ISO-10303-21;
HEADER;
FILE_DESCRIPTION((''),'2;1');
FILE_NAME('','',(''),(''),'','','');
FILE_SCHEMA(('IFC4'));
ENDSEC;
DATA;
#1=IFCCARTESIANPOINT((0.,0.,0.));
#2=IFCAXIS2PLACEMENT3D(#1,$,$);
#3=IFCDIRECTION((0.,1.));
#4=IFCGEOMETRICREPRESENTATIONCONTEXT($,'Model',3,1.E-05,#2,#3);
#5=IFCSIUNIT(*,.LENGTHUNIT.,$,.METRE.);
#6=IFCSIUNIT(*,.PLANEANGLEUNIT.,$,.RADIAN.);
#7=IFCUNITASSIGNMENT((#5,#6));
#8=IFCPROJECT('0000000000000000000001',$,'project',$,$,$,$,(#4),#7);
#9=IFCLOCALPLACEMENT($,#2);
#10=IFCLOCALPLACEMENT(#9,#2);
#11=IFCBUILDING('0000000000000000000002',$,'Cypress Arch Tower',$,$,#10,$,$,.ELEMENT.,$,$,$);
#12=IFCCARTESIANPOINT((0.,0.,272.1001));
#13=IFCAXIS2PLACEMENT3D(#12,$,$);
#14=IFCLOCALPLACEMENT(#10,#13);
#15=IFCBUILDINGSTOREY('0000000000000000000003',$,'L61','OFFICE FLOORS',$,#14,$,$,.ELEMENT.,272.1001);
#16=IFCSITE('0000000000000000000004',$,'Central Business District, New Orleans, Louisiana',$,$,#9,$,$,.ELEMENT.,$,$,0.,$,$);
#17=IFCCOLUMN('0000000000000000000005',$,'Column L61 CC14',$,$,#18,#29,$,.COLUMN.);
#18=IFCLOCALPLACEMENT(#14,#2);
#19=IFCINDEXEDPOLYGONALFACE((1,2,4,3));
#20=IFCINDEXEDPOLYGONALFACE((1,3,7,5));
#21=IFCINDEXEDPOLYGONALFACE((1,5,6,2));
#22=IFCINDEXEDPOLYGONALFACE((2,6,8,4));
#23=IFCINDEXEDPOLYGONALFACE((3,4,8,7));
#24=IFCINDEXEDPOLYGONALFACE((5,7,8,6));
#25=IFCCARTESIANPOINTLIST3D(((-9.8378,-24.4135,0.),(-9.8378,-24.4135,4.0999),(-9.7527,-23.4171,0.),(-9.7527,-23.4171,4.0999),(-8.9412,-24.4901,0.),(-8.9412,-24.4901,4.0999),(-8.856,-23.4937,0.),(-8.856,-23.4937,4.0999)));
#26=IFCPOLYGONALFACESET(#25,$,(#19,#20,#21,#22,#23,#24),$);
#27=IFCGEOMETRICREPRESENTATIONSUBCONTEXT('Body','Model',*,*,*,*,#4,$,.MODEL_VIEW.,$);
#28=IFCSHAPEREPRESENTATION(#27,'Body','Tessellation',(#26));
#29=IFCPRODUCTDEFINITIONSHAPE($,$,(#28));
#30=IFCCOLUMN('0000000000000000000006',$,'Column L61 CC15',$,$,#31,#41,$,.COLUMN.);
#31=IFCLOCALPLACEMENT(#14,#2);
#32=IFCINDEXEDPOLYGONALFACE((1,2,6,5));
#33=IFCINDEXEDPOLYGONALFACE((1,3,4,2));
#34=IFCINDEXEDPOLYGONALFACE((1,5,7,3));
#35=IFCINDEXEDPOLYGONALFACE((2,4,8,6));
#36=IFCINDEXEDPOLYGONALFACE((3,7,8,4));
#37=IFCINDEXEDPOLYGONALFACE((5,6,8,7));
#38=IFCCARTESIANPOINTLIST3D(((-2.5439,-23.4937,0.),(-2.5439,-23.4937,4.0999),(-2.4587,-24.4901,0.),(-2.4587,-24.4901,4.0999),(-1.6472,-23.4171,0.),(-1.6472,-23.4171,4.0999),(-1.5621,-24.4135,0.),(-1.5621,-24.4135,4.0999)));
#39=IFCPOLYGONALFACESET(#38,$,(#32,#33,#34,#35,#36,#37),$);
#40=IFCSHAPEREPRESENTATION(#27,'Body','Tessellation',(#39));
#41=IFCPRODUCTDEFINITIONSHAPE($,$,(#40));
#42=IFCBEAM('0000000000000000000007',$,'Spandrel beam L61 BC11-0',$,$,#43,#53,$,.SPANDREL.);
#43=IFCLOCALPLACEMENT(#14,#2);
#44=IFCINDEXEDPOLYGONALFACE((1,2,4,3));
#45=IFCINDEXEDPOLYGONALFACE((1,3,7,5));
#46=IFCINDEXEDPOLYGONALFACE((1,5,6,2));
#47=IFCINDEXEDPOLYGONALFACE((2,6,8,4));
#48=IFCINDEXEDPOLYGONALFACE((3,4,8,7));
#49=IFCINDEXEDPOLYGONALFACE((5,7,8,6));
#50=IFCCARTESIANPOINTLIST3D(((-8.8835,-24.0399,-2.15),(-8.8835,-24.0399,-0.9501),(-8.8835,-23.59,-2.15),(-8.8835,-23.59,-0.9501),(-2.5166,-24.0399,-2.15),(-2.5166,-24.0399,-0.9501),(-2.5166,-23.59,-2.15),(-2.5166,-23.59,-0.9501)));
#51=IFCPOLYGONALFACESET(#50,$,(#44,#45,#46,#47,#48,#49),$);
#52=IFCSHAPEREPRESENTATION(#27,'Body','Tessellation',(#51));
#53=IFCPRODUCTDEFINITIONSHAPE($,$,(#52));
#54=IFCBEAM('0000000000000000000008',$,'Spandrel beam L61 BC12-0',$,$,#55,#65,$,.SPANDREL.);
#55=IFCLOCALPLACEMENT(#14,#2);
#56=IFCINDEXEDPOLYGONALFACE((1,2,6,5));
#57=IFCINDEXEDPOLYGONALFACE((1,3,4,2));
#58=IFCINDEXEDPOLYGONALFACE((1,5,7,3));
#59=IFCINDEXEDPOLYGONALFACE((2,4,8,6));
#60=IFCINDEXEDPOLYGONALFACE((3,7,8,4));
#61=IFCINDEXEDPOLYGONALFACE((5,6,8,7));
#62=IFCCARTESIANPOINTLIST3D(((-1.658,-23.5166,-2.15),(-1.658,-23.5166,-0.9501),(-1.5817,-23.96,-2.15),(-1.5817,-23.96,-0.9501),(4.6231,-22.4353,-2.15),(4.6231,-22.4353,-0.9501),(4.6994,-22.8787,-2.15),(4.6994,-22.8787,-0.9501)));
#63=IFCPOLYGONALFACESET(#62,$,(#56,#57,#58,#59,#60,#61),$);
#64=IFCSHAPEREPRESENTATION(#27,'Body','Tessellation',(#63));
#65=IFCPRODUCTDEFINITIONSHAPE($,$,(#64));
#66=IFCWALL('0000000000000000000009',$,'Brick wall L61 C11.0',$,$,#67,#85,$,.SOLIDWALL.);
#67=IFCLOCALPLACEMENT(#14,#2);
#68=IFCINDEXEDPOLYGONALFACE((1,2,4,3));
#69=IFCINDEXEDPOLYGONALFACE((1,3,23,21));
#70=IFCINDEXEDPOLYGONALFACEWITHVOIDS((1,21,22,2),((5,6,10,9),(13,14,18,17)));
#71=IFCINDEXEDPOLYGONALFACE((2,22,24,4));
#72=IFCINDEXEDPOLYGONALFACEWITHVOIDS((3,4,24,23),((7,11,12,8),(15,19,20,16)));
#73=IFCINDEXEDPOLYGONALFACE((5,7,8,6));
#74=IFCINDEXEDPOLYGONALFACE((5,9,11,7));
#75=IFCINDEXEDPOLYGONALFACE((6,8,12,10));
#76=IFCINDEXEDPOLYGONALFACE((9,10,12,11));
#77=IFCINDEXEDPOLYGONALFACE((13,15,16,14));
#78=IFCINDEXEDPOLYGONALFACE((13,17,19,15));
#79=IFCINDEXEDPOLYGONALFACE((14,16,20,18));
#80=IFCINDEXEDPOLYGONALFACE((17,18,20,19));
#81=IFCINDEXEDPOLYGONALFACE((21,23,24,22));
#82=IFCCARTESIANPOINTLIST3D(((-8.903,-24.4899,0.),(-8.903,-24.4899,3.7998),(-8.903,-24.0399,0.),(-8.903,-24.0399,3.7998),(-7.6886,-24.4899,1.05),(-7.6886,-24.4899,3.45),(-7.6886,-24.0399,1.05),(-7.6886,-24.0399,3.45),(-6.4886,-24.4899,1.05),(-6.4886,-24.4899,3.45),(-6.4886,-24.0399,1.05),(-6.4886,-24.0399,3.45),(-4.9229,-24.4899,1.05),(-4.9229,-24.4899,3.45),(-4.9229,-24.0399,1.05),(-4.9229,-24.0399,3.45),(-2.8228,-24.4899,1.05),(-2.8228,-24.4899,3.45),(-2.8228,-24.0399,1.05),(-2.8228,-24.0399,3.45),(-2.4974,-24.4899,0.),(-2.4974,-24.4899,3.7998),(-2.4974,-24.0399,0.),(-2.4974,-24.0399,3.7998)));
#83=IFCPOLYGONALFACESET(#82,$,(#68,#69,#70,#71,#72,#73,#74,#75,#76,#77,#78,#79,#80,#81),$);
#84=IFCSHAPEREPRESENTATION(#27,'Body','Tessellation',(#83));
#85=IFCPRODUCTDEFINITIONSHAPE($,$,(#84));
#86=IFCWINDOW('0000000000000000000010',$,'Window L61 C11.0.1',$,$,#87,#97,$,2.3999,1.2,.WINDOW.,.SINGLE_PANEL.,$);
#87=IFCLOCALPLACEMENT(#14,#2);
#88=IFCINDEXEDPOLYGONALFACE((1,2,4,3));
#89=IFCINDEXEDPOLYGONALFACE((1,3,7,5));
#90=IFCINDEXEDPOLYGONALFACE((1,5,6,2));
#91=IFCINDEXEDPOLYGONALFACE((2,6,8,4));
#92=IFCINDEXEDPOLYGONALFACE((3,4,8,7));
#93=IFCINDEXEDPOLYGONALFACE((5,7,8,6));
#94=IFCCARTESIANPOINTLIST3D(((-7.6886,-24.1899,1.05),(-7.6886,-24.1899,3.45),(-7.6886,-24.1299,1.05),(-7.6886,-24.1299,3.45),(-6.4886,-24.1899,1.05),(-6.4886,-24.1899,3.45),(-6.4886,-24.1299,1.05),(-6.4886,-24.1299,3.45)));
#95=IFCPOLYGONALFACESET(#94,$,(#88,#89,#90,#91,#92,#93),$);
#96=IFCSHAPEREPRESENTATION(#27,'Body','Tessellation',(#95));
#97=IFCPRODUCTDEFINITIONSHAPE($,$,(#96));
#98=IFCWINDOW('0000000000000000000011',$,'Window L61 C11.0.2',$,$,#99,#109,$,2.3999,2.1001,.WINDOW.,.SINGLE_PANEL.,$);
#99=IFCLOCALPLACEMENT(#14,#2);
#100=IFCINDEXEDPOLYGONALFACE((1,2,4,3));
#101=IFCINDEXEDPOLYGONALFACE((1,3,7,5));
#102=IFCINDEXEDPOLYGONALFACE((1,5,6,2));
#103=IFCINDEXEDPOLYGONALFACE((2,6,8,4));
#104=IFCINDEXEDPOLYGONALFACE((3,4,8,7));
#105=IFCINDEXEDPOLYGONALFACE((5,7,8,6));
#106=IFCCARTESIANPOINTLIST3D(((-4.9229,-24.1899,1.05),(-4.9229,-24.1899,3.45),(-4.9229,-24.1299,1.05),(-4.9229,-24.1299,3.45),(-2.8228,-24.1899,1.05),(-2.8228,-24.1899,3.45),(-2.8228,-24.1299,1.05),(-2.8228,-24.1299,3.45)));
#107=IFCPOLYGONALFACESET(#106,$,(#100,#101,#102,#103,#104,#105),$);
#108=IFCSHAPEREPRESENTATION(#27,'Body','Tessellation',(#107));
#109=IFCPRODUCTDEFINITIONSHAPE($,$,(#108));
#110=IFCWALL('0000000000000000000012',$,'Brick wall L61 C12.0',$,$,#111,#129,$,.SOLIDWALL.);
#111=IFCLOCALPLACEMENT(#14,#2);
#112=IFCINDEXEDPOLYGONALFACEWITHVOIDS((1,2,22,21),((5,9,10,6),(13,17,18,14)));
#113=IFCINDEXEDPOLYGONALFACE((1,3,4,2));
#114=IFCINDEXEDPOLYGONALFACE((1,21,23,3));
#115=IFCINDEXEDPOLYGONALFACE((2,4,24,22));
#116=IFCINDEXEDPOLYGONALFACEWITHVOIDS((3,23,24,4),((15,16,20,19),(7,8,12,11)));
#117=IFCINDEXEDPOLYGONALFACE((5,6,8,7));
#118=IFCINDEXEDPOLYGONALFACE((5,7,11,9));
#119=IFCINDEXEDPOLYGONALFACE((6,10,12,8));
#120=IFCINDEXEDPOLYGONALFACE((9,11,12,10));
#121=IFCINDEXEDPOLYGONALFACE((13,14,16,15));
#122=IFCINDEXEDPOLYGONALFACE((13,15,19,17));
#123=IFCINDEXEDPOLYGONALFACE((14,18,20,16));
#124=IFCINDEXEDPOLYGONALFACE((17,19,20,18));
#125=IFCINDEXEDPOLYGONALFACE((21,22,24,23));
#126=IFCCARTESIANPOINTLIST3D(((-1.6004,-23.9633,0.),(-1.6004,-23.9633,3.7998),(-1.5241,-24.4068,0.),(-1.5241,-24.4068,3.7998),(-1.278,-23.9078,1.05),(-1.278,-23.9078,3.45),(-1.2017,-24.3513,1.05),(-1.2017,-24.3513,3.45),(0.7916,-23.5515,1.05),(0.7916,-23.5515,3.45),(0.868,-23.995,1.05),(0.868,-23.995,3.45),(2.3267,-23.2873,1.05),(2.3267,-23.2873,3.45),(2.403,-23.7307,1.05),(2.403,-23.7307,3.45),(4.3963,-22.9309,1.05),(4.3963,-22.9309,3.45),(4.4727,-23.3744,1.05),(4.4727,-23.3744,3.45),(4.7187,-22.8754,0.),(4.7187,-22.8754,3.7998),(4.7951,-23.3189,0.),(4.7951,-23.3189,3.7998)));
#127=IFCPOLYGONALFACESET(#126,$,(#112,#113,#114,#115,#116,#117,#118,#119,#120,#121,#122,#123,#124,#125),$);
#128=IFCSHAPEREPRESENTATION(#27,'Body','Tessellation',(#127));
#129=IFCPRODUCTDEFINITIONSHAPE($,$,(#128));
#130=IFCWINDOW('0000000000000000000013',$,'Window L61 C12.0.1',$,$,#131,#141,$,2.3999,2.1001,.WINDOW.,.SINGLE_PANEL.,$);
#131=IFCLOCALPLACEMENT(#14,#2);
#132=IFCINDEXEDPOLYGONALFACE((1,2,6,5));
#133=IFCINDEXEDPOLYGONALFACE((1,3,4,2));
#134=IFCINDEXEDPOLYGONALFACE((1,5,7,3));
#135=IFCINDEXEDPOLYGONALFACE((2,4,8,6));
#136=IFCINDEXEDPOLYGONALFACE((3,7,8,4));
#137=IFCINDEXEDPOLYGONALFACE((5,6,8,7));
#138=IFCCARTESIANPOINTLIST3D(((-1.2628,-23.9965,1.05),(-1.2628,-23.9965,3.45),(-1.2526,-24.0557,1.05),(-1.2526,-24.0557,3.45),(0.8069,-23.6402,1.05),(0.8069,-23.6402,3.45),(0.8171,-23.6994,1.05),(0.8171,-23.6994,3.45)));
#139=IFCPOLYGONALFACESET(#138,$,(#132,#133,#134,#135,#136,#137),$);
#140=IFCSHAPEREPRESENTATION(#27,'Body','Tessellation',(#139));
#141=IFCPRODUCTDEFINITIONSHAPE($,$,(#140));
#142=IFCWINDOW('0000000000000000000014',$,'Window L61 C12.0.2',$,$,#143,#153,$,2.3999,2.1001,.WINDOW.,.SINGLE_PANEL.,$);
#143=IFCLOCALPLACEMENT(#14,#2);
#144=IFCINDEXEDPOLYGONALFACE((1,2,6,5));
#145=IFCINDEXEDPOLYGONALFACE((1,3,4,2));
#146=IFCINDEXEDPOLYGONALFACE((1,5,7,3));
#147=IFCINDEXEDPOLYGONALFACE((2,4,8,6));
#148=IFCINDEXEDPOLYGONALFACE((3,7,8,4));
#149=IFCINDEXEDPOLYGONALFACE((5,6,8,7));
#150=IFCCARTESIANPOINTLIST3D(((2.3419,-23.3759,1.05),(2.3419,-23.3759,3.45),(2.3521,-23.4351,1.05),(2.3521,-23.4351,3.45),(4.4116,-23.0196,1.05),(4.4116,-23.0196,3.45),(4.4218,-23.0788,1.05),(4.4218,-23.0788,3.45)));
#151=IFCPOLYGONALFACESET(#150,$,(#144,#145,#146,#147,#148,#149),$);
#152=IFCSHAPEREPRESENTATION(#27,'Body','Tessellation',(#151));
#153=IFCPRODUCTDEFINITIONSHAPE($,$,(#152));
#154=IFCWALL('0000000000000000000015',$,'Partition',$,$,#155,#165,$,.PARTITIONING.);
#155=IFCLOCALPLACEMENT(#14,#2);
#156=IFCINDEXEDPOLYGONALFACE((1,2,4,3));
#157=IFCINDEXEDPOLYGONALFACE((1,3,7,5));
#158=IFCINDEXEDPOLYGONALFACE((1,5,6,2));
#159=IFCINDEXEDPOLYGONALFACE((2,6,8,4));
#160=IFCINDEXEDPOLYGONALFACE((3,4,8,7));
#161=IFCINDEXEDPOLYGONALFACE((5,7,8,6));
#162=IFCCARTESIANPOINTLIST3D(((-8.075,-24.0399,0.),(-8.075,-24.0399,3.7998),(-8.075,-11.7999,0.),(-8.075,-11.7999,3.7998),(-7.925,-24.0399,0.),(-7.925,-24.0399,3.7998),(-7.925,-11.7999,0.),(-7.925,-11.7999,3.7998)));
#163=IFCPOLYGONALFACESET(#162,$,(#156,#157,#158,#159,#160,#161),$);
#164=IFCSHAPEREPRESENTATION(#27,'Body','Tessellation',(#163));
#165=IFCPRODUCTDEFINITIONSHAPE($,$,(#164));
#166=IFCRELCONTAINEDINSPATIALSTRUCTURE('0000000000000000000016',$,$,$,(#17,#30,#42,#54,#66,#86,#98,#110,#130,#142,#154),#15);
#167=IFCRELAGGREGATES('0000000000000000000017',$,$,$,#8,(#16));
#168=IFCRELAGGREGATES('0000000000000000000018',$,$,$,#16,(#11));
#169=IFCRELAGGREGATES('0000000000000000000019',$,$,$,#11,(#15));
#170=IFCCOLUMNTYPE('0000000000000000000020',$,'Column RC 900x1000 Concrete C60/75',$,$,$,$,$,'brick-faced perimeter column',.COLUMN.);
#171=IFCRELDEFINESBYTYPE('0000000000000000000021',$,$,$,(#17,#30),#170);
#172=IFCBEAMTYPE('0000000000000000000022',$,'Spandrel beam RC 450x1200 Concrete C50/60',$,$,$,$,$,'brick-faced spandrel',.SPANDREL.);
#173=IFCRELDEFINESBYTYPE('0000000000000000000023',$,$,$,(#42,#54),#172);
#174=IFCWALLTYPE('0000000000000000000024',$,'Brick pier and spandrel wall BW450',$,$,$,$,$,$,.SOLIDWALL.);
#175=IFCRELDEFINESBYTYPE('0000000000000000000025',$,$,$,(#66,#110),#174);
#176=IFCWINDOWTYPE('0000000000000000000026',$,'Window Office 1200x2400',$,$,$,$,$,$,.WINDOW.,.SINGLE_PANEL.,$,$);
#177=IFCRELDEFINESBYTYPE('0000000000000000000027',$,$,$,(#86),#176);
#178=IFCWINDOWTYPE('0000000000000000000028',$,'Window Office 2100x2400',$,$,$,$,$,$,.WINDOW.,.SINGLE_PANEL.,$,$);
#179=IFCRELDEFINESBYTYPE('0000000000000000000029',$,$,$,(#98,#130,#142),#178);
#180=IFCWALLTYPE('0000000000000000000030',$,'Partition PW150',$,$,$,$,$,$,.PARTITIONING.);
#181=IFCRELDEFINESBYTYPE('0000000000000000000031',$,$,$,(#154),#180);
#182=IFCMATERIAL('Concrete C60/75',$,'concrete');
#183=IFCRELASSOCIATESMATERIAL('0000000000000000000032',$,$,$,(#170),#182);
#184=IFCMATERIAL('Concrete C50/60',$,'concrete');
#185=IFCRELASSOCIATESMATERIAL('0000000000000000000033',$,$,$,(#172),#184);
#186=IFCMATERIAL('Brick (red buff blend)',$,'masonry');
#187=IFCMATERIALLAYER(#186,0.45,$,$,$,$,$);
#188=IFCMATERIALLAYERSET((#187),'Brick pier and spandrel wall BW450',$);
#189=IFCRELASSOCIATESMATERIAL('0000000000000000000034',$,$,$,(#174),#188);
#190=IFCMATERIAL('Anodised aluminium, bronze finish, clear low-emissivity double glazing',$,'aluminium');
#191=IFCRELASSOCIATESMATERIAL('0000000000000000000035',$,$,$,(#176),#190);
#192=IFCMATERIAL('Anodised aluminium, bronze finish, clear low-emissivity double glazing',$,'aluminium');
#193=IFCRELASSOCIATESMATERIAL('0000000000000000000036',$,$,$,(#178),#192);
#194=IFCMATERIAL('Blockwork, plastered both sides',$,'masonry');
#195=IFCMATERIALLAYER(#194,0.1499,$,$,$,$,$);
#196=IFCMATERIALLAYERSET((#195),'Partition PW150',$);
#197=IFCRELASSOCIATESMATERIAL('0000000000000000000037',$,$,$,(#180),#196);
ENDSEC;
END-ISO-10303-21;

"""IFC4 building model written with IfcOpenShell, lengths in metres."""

from ifc_helpers import new_model, si_unit, direction, frame, frame_2d, origin, origin_2d, place, context, subcontext, project, spatial, rectangle, extrude, material, layer, layer_set, material_profile, profile_set, type_object, element, fill, save


model = new_model("IFC4")

# Units and contexts
model_context = context("Model", 3, precision=1e-05, world=origin(), true_north=direction((0.0, 1.0)))
body_context = subcontext(model_context, "Body", "Model", "MODEL_VIEW")
ifc_project = project(units=[si_unit("LENGTHUNIT", "METRE"), si_unit("PLANEANGLEUNIT", "RADIAN")], contexts=[model_context])

# Site, building, storey
site_placement = place(None, origin())
site = spatial("IfcSite", under=ifc_project, at=site_placement, Name="Central Business District, New Orleans, Louisiana", CompositionType="ELEMENT", RefElevation=0.0)
building_placement = place(site_placement, origin())
building = spatial("IfcBuilding", under=site, at=building_placement, Name="Cypress Arch Tower", CompositionType="ELEMENT")
storey_placement = place(building_placement, frame((0.0, 0.0, 272.1001)))
storey = spatial("IfcBuildingStorey", under=building, at=storey_placement, Name="L61", Description="OFFICE FLOORS", CompositionType="ELEMENT", Elevation=272.1001)

# Columns
ifc_material_1 = material(Name="Concrete C60/75", Category="concrete")
ifc_material_profile_1 = material_profile(ifc_material_1, rectangle(XDim=0.8999, YDim=1.0, at=origin_2d()), Name="RC 900x1000")
ifc_profile_set_1 = profile_set([ifc_material_profile_1], Name="Concrete C60/75")
column_type = type_object("IfcColumnType", Name="Column RC 900x1000 Concrete C60/75", ElementType="brick-faced perimeter column", PredefinedType="COLUMN", material=ifc_profile_set_1)
for number, where, z_axis, x_axis, name in (
    (1, (-9.3469, -23.9536, 0.0), (0.0, 0.0, 1.0), (0.996368, -0.085149, 0.0), "Column L61 CC14"),
    (2, (-2.053, -23.9536, 0.0), (0.0, 0.0, 1.0), (0.996368, 0.085149, 0.0), "Column L61 CC15"),
):
    element("IfcColumn", number, at=place(storey_placement, frame(where, z_axis=z_axis, x_axis=x_axis)), inside=storey, type_object=column_type, Name=name, PredefinedType="COLUMN", context=body_context, shape_type="SweptSolid", body=[
        extrude(rectangle(XDim=0.8999, YDim=1.0, at=origin_2d()), origin(), (0.0, 0.0, 1.0), 4.0999),
    ])

# Beams
ifc_material_2 = material(Name="Concrete C50/60", Category="concrete")
ifc_material_profile_2 = material_profile(ifc_material_2, rectangle(XDim=0.45, YDim=1.2, at=origin_2d()), Name="RC 450x1200")
ifc_profile_set_2 = profile_set([ifc_material_profile_2], Name="Concrete C50/60")
beam_type = type_object("IfcBeamType", Name="Spandrel beam RC 450x1200 Concrete C50/60", ElementType="brick-faced spandrel", PredefinedType="SPANDREL", material=ifc_profile_set_2)
beam_1_placement = place(storey_placement, frame((-8.8835, -23.8149, -1.55), z_axis=(1.0, 0.0, 0.0), x_axis=(0.0, 1.0, 0.0)))
element("IfcBeam", 3, at=beam_1_placement, inside=storey, type_object=beam_type, Name="Spandrel beam L61 BC11-0", PredefinedType="SPANDREL", context=body_context, shape_type="SweptSolid", body=[
    extrude(rectangle(XDim=0.45, YDim=1.2, at=origin_2d()), origin(), (0.0, 0.0, 1.0), 6.3669),
])
beam_2_placement = place(storey_placement, frame((-1.6199, -23.7383, -1.55), z_axis=(0.985504, 0.169652, 0.0), x_axis=(-0.169652, 0.985504, 0.0)))
element("IfcBeam", 4, at=beam_2_placement, inside=storey, type_object=beam_type, Name="Spandrel beam L61 BC12-0", PredefinedType="SPANDREL", context=body_context, shape_type="SweptSolid", body=[
    extrude(rectangle(XDim=0.45, YDim=1.2, at=origin_2d()), origin(), (0.0, 0.0, 1.0), 6.3735),
])

# Walls, openings, windows
ifc_material_3 = material(Name="Brick (red buff blend)", Category="masonry")
ifc_layer_1 = layer(ifc_material_3, 0.45)
ifc_layer_set_1 = layer_set([ifc_layer_1], Name="Brick pier and spandrel wall BW450")
wall_type_1 = type_object("IfcWallType", Name="Brick pier and spandrel wall BW450", PredefinedType="SOLIDWALL", material=ifc_layer_set_1)
wall_1_placement = place(storey_placement, frame((-8.9028, -24.2649, 0.0), z_axis=(0.0, 0.0, 1.0), x_axis=(1.0, 0.0, 0.0)))
wall_1 = element("IfcWall", 5, at=wall_1_placement, inside=storey, type_object=wall_type_1, Name="Brick wall L61 C11.0", PredefinedType="SOLIDWALL", context=body_context, shape_type="SweptSolid", body=[
    extrude(rectangle(XDim=6.4055, YDim=0.45, at=frame_2d((3.2026, 0.0))), origin(), (0.0, 0.0, 1.0), 3.7998),
])
opening_1_placement = place(wall_1_placement, frame((3.98, 0.0, 1.05)))
opening_1 = element("IfcOpeningElement", 6, at=opening_1_placement, cuts=wall_1, PredefinedType="OPENING", context=body_context, shape_type="SweptSolid", body=[
    extrude(rectangle(XDim=2.1001, YDim=2.3999, at=frame_2d((1.05, 1.2))), frame((0.0, 0.2349, 0.0), z_axis=(0.0, -1.0, 0.0), x_axis=(1.0, 0.0, 0.0)), (0.0, 0.0, 1.0), 0.47),
])
opening_2_placement = place(wall_1_placement, frame((1.2141, 0.0, 1.05)))
opening_2 = element("IfcOpeningElement", 7, at=opening_2_placement, cuts=wall_1, PredefinedType="OPENING", context=body_context, shape_type="SweptSolid", body=[
    extrude(rectangle(XDim=1.2, YDim=2.3999, at=frame_2d((0.6001, 1.2))), frame((0.0, 0.2349, 0.0), z_axis=(0.0, -1.0, 0.0), x_axis=(1.0, 0.0, 0.0)), (0.0, 0.0, 1.0), 0.47),
])
ifc_material_4 = material(Name="Anodised aluminium, bronze finish, clear low-emissivity double glazing", Category="aluminium")
window_type_1 = type_object("IfcWindowType", Name="Window Office 1200x2400", PartitioningType="SINGLE_PANEL", PredefinedType="WINDOW", material=ifc_material_4)
window_1_placement = place(opening_2_placement, origin())
window_1 = element("IfcWindow", 8, at=window_1_placement, inside=storey, type_object=window_type_1, Name="Window L61 C11.0.1", OverallHeight=2.3999, OverallWidth=1.2, PartitioningType="SINGLE_PANEL", PredefinedType="WINDOW", context=body_context, shape_type="SweptSolid", body=[
    extrude(rectangle(XDim=1.2, YDim=2.3999, at=frame_2d((0.6001, 1.2))), frame((0.0, 0.135, 0.0), z_axis=(0.0, -1.0, 0.0), x_axis=(1.0, 0.0, 0.0)), (0.0, 0.0, 1.0), 0.0601),
])
fill(opening_2, window_1)
ifc_material_5 = material(Name="Anodised aluminium, bronze finish, clear low-emissivity double glazing", Category="aluminium")
window_type_2 = type_object("IfcWindowType", Name="Window Office 2100x2400", PartitioningType="SINGLE_PANEL", PredefinedType="WINDOW", material=ifc_material_5)
window_2_placement = place(opening_1_placement, origin())
window_2 = element("IfcWindow", 9, at=window_2_placement, inside=storey, type_object=window_type_2, Name="Window L61 C11.0.2", OverallHeight=2.3999, OverallWidth=2.1001, PartitioningType="SINGLE_PANEL", PredefinedType="WINDOW", context=body_context, shape_type="SweptSolid", body=[
    extrude(rectangle(XDim=2.1001, YDim=2.3999, at=frame_2d((1.05, 1.2))), frame((0.0, 0.135, 0.0), z_axis=(0.0, -1.0, 0.0), x_axis=(1.0, 0.0, 0.0)), (0.0, 0.0, 1.0), 0.0601),
])
fill(opening_1, window_2)
wall_2_placement = place(storey_placement, frame((-1.5623, -24.1851, 0.0), z_axis=(0.0, 0.0, 1.0), x_axis=(0.985502, 0.169663, 0.0)))
wall_2 = element("IfcWall", 10, at=wall_2_placement, inside=storey, type_object=wall_type_1, Name="Brick wall L61 C12.0", PredefinedType="SOLIDWALL", context=body_context, shape_type="SweptSolid", body=[
    extrude(rectangle(XDim=6.4121, YDim=0.45, at=frame_2d((3.2061, 0.0))), origin(), (0.0, 0.0, 1.0), 3.7998),
])
opening_3_placement = place(wall_2_placement, frame((0.3271, 0.0, 1.05)))
opening_3 = element("IfcOpeningElement", 11, at=opening_3_placement, cuts=wall_2, PredefinedType="OPENING", context=body_context, shape_type="SweptSolid", body=[
    extrude(rectangle(XDim=2.1001, YDim=2.3999, at=frame_2d((1.05, 1.2))), frame((0.0, 0.2349, 0.0), z_axis=(0.0, -1.0, 0.0), x_axis=(1.0, 0.0, 0.0)), (0.0, 0.0, 1.0), 0.47),
])
opening_4_placement = place(wall_2_placement, frame((3.9849, 0.0, 1.05)))
opening_4 = element("IfcOpeningElement", 12, at=opening_4_placement, cuts=wall_2, PredefinedType="OPENING", context=body_context, shape_type="SweptSolid", body=[
    extrude(rectangle(XDim=2.1001, YDim=2.3999, at=frame_2d((1.05, 1.2))), frame((0.0, 0.2349, 0.0), z_axis=(0.0, -1.0, 0.0), x_axis=(1.0, 0.0, 0.0)), (0.0, 0.0, 1.0), 0.47),
])
window_3_placement = place(opening_3_placement, origin())
window_3 = element("IfcWindow", 13, at=window_3_placement, inside=storey, type_object=window_type_2, Name="Window L61 C12.0.1", OverallHeight=2.3999, OverallWidth=2.1001, PartitioningType="SINGLE_PANEL", PredefinedType="WINDOW", context=body_context, shape_type="SweptSolid", body=[
    extrude(rectangle(XDim=2.1001, YDim=2.3999, at=frame_2d((1.05, 1.2))), frame((0.0, 0.135, 0.0), z_axis=(0.0, -1.0, 0.0), x_axis=(1.0, 0.0, 0.0)), (0.0, 0.0, 1.0), 0.0601),
])
fill(opening_3, window_3)
window_4_placement = place(opening_4_placement, origin())
window_4 = element("IfcWindow", 14, at=window_4_placement, inside=storey, type_object=window_type_2, Name="Window L61 C12.0.2", OverallHeight=2.3999, OverallWidth=2.1001, PartitioningType="SINGLE_PANEL", PredefinedType="WINDOW", context=body_context, shape_type="SweptSolid", body=[
    extrude(rectangle(XDim=2.1001, YDim=2.3999, at=frame_2d((1.05, 1.2))), frame((0.0, 0.135, 0.0), z_axis=(0.0, -1.0, 0.0), x_axis=(1.0, 0.0, 0.0)), (0.0, 0.0, 1.0), 0.0601),
])
fill(opening_4, window_4)

# Wall
ifc_material_6 = material(Name="Blockwork, plastered both sides", Category="masonry")
ifc_layer_2 = layer(ifc_material_6, 0.1499)
ifc_layer_set_2 = layer_set([ifc_layer_2], Name="Partition PW150")
wall_type_2 = type_object("IfcWallType", Name="Partition PW150", PredefinedType="PARTITIONING", material=ifc_layer_set_2)
for number, where, z_axis, x_axis, name in (
    (15, (-8.0, -24.04, 0.0), (0.0, 0.0, 1.0), (0.0, 1.0, 0.0), "Partition"),
):
    element("IfcWall", number, at=place(storey_placement, frame(where, z_axis=z_axis, x_axis=x_axis)), inside=storey, type_object=wall_type_2, Name=name, PredefinedType="PARTITIONING", context=body_context, shape_type="SweptSolid", body=[
        extrude(rectangle(XDim=12.24, YDim=0.1499, at=frame_2d((6.1201, 0.0))), origin(), (0.0, 0.0, 1.0), 3.7998),
    ])

save(model, "model.ifc")
